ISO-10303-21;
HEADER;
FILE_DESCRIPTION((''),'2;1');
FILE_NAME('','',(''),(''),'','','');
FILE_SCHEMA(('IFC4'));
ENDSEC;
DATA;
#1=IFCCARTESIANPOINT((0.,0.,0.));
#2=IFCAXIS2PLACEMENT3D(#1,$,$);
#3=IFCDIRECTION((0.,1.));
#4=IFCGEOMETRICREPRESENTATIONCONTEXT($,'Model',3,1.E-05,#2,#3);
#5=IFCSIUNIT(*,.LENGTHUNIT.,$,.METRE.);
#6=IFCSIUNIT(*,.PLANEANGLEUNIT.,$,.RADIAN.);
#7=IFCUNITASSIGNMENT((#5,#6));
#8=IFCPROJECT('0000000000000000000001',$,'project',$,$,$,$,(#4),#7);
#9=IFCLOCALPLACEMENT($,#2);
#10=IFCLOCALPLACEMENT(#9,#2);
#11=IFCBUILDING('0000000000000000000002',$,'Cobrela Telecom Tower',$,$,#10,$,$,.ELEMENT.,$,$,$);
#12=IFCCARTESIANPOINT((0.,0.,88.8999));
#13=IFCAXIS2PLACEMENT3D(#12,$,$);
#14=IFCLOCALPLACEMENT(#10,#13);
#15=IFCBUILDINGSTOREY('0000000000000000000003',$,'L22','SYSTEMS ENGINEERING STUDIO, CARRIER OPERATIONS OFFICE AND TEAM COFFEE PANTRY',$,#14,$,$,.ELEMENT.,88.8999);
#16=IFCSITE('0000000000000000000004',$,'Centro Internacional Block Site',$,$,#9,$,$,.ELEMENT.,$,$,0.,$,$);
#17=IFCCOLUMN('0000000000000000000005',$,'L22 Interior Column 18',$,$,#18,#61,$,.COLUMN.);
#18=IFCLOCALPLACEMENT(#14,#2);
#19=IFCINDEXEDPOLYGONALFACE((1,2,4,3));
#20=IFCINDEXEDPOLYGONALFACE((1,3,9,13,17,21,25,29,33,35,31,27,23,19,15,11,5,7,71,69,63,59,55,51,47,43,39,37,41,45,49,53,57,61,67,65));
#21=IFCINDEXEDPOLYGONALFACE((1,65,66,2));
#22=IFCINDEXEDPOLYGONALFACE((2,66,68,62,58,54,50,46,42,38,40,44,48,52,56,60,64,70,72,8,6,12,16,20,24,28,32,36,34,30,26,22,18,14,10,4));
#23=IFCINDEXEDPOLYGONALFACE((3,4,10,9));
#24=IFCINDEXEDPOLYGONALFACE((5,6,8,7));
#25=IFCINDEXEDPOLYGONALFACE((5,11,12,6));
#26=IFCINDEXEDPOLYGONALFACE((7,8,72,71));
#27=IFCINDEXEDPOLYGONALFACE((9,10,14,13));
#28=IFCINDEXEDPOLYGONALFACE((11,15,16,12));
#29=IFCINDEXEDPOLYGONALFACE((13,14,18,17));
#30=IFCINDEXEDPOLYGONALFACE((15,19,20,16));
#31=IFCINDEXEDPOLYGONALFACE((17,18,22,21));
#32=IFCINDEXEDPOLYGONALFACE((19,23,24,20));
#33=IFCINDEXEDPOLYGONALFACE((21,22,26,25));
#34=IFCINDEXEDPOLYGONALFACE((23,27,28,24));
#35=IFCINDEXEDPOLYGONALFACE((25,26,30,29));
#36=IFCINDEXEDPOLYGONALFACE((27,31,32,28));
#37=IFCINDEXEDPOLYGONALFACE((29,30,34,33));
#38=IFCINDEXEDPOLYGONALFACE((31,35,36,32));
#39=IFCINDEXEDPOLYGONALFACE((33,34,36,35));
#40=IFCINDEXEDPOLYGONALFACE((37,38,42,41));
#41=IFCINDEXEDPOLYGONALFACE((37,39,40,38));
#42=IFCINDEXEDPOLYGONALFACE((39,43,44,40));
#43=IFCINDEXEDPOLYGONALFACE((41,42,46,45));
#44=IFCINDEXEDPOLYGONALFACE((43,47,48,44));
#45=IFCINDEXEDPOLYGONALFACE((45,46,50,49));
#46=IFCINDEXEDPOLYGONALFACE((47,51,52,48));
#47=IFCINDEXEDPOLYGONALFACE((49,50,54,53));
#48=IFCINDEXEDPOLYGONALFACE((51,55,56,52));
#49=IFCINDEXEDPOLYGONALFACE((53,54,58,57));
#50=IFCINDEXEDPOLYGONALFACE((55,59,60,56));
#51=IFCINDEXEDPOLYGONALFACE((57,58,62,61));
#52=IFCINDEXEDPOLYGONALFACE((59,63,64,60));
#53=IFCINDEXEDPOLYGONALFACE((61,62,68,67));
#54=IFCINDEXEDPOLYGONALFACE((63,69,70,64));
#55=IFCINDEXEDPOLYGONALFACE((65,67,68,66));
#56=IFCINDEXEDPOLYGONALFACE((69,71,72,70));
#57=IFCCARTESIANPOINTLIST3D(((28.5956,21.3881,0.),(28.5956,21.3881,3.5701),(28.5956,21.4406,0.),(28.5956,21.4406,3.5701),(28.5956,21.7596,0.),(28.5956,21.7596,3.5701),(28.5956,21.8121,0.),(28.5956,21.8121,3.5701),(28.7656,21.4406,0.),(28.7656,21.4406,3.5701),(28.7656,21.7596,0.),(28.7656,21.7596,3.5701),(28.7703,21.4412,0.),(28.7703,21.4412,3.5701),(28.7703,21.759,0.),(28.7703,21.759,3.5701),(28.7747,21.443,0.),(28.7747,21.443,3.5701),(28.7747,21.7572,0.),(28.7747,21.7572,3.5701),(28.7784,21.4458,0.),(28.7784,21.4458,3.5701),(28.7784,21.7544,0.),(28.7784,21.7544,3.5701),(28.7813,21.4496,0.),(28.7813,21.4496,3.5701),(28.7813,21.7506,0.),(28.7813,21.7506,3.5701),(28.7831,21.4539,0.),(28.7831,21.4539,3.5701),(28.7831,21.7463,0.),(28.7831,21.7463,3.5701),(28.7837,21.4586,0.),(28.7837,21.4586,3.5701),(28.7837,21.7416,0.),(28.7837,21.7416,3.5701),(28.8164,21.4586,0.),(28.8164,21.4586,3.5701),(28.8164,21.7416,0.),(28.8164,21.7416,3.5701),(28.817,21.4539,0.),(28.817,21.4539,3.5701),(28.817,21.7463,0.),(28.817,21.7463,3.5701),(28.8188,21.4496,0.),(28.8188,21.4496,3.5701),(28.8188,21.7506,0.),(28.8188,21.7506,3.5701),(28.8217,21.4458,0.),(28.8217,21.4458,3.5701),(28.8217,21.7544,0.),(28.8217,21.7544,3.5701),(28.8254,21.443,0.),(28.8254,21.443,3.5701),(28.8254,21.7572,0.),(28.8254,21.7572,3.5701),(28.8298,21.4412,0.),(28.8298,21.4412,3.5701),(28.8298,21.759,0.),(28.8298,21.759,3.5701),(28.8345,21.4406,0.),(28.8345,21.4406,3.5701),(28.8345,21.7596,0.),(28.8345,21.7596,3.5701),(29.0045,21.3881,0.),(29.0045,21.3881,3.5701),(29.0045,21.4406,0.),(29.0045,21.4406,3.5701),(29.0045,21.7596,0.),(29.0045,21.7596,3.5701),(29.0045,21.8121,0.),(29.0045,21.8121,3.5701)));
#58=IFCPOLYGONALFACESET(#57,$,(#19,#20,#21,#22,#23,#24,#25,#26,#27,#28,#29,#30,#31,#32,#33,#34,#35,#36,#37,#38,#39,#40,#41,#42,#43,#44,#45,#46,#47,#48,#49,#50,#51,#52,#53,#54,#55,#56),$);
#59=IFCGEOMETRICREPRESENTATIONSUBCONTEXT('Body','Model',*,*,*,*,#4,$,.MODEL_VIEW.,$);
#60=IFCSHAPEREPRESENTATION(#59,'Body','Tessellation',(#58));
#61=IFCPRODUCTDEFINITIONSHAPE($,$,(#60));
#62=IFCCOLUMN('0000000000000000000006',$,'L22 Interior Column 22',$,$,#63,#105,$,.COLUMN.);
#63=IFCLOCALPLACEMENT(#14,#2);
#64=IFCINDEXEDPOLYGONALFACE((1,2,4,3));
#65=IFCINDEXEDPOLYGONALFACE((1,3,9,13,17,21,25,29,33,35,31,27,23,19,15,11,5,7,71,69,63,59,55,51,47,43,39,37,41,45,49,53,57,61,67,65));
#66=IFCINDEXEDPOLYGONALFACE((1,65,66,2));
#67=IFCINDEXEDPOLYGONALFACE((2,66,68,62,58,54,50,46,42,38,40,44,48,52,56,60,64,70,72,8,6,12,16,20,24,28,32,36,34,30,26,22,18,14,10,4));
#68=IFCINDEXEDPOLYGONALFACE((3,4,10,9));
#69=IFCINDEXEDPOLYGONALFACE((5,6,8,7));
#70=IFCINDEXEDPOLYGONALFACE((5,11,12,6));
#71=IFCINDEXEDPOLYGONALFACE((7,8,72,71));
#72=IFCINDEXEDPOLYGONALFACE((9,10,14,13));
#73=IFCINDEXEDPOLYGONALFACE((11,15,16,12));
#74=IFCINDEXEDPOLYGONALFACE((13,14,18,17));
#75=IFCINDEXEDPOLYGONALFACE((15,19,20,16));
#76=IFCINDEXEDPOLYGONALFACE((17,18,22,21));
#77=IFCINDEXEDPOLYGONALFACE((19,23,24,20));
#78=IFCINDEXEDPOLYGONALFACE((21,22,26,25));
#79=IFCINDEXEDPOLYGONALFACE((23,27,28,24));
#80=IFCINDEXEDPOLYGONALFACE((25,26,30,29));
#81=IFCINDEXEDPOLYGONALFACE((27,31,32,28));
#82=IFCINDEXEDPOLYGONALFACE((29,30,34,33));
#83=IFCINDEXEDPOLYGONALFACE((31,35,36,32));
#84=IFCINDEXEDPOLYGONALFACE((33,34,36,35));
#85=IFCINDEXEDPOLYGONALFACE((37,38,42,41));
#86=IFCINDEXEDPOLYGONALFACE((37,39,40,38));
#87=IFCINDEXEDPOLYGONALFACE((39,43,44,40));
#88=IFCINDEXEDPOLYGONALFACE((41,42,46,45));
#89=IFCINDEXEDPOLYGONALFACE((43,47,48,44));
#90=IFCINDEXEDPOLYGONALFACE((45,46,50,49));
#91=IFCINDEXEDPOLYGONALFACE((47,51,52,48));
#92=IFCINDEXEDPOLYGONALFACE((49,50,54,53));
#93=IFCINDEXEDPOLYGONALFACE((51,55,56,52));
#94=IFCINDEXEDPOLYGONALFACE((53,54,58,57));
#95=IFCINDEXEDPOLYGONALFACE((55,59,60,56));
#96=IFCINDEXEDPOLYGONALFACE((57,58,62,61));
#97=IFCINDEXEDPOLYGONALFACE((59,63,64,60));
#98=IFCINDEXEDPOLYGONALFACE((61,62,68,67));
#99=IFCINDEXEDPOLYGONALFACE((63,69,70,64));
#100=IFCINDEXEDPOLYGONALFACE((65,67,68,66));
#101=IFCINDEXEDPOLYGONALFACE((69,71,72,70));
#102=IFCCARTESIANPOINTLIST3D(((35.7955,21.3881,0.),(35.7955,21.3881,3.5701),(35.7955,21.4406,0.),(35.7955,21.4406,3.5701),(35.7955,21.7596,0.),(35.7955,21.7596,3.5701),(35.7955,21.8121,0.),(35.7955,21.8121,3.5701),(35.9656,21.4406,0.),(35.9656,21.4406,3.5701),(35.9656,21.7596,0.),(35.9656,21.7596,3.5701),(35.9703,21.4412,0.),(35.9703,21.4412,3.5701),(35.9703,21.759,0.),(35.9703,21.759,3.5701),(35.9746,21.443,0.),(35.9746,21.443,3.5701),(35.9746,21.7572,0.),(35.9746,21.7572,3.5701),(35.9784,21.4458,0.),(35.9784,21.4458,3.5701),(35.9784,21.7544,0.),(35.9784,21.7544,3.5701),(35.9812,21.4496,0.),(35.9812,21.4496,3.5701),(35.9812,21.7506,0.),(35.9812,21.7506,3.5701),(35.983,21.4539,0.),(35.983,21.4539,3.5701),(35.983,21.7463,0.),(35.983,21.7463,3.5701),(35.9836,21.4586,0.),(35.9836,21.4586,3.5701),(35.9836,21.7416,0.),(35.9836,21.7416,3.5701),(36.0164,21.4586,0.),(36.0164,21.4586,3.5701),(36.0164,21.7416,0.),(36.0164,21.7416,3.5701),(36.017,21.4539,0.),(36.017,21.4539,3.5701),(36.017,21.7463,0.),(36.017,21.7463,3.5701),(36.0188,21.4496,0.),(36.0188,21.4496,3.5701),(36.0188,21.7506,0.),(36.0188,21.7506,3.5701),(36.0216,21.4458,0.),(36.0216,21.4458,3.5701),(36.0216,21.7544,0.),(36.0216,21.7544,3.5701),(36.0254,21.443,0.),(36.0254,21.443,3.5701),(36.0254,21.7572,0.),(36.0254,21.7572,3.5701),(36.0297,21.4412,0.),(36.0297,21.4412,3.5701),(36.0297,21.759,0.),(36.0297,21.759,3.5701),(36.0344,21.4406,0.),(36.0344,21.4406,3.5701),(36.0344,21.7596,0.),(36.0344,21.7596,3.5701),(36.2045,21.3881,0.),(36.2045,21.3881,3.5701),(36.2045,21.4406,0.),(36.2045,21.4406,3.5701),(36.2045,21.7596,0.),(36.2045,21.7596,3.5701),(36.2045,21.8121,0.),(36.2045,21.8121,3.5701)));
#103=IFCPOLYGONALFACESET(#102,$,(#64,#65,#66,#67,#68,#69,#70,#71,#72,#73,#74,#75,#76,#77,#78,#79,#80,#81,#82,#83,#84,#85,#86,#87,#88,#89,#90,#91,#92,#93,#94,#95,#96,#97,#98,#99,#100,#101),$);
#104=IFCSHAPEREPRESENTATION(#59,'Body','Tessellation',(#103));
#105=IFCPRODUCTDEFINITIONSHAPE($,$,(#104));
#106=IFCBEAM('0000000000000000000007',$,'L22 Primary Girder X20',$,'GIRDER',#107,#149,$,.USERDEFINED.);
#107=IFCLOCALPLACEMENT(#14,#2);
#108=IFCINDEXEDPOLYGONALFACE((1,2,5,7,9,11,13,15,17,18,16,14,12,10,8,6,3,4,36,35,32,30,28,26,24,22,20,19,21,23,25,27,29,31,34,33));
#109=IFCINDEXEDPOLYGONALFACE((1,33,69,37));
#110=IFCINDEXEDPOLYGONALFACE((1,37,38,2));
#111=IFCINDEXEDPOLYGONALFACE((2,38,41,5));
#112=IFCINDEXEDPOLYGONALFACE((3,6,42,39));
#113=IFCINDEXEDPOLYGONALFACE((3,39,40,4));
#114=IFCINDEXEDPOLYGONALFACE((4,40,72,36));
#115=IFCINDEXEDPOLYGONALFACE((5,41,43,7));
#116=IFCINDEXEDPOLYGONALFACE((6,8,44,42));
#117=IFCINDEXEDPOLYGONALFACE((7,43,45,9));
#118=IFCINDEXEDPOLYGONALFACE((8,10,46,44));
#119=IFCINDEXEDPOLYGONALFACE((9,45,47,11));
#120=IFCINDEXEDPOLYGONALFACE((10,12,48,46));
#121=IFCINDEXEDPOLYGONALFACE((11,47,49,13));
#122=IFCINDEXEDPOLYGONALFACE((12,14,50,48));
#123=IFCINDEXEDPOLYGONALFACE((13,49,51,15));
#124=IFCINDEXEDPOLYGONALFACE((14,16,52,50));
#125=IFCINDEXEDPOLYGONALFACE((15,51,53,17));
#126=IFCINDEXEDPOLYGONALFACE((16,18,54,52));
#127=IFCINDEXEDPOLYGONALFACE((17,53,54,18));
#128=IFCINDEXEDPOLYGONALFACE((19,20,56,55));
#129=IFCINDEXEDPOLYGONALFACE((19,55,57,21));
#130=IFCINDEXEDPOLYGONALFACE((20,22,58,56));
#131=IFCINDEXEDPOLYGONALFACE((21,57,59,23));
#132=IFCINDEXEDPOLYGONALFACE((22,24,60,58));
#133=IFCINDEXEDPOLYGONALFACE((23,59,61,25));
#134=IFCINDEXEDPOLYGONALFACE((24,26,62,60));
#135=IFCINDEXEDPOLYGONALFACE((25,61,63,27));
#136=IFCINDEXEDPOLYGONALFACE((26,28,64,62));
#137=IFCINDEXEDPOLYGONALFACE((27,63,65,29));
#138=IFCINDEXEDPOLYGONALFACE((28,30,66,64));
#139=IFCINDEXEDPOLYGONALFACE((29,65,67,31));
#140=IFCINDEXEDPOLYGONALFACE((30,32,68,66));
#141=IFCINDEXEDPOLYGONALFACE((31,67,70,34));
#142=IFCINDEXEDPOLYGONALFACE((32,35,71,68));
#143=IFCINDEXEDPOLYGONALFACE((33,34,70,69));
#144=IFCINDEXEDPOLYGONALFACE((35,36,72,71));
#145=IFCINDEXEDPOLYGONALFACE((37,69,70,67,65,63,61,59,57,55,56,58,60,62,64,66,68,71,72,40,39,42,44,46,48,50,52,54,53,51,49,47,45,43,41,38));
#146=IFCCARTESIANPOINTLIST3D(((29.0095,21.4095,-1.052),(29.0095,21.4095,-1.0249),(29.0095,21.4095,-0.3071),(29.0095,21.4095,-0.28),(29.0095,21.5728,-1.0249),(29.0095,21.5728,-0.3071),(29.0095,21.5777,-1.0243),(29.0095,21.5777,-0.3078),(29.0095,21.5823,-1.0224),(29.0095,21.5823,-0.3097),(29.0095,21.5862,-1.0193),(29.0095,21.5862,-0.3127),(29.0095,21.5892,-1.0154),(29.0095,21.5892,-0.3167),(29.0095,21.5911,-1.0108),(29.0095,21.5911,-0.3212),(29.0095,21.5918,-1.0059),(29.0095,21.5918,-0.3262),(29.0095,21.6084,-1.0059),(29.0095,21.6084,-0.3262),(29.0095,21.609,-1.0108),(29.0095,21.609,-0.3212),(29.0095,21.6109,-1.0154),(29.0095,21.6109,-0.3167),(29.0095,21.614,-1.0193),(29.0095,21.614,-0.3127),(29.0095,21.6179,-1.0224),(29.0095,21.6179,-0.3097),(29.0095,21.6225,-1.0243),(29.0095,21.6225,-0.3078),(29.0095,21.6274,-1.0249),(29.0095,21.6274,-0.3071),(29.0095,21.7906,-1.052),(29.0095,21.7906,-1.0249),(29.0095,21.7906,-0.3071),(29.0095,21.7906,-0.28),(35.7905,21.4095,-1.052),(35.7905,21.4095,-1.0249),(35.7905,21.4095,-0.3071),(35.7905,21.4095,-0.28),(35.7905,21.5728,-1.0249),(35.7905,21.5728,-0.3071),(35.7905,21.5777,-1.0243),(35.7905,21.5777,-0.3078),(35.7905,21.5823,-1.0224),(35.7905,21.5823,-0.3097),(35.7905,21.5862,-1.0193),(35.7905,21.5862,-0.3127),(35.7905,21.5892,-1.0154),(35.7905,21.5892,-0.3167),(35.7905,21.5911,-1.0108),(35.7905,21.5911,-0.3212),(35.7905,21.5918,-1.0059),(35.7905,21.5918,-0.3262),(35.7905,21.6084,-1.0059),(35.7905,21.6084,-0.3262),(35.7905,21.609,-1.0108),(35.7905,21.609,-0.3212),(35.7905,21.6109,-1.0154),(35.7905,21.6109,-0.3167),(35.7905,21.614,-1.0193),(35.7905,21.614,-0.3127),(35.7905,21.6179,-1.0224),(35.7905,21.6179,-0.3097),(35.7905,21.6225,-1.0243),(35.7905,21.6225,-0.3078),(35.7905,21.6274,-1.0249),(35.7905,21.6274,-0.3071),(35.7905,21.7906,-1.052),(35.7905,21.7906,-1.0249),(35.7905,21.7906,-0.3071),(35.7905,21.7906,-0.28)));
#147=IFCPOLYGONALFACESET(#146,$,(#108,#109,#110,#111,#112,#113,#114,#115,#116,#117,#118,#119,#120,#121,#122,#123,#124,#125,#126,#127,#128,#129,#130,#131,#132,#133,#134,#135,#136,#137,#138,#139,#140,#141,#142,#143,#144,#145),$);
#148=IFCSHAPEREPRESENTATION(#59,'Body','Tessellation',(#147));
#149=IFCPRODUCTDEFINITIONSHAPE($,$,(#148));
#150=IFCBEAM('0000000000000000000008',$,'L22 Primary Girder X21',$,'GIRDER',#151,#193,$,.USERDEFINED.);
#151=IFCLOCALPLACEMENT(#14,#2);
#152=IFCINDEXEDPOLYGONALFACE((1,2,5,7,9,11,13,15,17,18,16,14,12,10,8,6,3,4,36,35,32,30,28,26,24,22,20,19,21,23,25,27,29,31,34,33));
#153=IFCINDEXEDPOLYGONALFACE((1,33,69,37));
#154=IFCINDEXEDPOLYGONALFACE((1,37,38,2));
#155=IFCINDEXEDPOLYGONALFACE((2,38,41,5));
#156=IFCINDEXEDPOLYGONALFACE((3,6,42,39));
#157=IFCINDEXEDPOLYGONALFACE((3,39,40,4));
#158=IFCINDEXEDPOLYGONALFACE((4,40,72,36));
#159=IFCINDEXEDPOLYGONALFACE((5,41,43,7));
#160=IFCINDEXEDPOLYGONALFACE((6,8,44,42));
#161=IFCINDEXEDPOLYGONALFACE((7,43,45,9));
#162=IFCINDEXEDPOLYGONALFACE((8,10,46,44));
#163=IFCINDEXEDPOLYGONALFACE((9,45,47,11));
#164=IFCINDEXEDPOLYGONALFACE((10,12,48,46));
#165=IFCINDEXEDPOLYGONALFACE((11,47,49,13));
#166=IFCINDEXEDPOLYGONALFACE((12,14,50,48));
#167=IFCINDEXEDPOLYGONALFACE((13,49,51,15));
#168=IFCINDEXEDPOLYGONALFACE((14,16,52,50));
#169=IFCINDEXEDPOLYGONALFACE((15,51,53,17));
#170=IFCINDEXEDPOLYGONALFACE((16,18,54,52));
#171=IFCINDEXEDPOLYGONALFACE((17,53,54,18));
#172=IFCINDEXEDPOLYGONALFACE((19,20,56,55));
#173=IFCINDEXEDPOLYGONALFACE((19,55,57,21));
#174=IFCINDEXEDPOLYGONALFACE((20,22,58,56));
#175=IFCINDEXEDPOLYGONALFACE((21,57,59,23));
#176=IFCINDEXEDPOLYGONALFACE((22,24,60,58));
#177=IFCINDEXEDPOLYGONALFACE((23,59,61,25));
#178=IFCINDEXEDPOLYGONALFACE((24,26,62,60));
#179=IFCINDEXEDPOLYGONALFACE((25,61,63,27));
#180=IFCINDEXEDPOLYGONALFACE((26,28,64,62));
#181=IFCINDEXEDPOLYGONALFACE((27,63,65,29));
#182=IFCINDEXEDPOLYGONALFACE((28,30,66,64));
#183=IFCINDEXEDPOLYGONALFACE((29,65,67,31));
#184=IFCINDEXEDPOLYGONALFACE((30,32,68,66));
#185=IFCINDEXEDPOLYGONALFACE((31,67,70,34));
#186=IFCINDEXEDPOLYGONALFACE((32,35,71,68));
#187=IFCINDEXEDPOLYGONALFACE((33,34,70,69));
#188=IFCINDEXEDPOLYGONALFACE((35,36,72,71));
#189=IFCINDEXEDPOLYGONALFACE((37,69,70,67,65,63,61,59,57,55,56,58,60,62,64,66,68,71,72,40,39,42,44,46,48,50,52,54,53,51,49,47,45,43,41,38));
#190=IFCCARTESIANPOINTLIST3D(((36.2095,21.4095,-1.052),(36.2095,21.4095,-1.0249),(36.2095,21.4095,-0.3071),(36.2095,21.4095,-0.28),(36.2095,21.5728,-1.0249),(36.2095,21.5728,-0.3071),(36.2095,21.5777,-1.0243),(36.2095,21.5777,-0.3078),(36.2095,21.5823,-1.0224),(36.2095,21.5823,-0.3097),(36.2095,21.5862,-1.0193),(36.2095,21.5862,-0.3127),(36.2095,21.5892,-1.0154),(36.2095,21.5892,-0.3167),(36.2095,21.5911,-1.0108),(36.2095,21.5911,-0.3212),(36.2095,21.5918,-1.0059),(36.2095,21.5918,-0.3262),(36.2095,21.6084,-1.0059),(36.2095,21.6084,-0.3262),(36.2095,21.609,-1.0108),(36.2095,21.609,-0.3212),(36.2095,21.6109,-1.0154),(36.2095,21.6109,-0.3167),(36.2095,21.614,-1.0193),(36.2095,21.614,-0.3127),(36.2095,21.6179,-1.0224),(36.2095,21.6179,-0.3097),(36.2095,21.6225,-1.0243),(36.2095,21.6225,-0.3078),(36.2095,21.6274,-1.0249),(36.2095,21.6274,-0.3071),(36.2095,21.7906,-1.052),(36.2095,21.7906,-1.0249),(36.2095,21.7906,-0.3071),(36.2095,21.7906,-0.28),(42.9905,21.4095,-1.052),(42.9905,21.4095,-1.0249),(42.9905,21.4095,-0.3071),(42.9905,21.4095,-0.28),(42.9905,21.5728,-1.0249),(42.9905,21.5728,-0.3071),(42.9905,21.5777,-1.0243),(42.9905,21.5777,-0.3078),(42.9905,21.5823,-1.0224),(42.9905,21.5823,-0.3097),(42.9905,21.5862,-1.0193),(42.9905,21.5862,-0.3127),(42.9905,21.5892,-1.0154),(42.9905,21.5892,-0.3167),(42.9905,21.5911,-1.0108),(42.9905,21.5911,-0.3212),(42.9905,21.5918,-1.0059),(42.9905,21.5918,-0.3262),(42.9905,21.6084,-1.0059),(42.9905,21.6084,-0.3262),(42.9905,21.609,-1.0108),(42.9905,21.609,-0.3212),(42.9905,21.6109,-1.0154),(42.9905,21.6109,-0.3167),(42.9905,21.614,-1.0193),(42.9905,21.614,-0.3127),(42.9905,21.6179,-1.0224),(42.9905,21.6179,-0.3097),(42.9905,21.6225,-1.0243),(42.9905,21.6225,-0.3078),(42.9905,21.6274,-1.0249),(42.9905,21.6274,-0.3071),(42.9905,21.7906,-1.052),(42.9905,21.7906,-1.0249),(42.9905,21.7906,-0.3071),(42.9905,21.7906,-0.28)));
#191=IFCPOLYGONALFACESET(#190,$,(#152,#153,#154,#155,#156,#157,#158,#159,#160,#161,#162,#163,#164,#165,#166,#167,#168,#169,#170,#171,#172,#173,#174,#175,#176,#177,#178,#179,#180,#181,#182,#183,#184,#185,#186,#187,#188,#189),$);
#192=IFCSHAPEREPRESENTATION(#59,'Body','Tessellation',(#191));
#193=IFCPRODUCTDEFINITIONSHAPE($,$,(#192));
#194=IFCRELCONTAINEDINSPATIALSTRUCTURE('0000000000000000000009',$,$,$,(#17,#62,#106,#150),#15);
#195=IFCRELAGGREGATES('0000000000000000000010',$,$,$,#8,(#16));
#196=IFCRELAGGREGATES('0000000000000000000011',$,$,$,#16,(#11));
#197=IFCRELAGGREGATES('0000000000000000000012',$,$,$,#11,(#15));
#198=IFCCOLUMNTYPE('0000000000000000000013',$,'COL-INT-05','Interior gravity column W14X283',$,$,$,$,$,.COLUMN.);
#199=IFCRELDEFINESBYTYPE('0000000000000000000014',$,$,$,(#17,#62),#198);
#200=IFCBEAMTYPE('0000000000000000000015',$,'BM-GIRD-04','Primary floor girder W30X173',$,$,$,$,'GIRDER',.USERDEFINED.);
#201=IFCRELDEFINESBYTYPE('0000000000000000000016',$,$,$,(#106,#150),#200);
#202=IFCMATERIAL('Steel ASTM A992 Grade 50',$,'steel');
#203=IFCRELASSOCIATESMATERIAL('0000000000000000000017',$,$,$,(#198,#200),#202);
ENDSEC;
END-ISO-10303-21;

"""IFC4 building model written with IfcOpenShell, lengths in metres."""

from ifc_helpers import new_model, si_unit, direction, frame, origin, origin_2d, place, context, subcontext, project, spatial, i_section, extrude, material, material_profile, profile_set, type_object, element, save


model = new_model("IFC4")

# Units and contexts
model_context = context("Model", 3, precision=1e-05, world=origin(), true_north=direction((0.0, 1.0)))
body_context = subcontext(model_context, "Body", "Model", "MODEL_VIEW")
ifc_project = project(units=[si_unit("LENGTHUNIT", "METRE"), si_unit("PLANEANGLEUNIT", "RADIAN")], contexts=[model_context])

# Site, building, storey
site_placement = place(None, origin())
site = spatial("IfcSite", under=ifc_project, at=site_placement, Name="Centro Internacional Block Site", CompositionType="ELEMENT", RefElevation=0.0)
building_placement = place(site_placement, origin())
building = spatial("IfcBuilding", under=site, at=building_placement, Name="Cobrela Telecom Tower", CompositionType="ELEMENT")
storey_placement = place(building_placement, frame((0.0, 0.0, 88.8999)))
storey = spatial("IfcBuildingStorey", under=building, at=storey_placement, Name="L22", Description="SYSTEMS ENGINEERING STUDIO, CARRIER OPERATIONS OFFICE AND TEAM COFFEE PANTRY", CompositionType="ELEMENT", Elevation=88.8999)

# Columns
ifc_material_1 = material(Name="Steel ASTM A992 Grade 50", Category="steel")
ifc_material_profile_1 = material_profile(ifc_material_1, i_section(OverallWidth=0.4089, OverallDepth=0.4241, WebThickness=0.0327, FlangeThickness=0.0525, FilletRadius=0.0181, at=origin_2d()), Name="W14X283")
ifc_profile_set_1 = profile_set([ifc_material_profile_1], Name="Steel ASTM A992 Grade 50")
column_type = type_object("IfcColumnType", Name="COL-INT-05", Description="Interior gravity column W14X283", PredefinedType="COLUMN", material=ifc_profile_set_1)
for number, where, z_axis, x_axis, name in (
    (1, (28.8, 21.6001, 0.0), (0.0, 0.0, 1.0), (1.0, 0.0, 0.0), "L22 Interior Column 18"),
    (2, (36.0, 21.6001, 0.0), (0.0, 0.0, 1.0), (1.0, 0.0, 0.0), "L22 Interior Column 22"),
):
    element("IfcColumn", number, at=place(storey_placement, frame(where, z_axis=z_axis, x_axis=x_axis)), inside=storey, type_object=column_type, Name=name, PredefinedType="COLUMN", context=body_context, shape_type="SweptSolid", body=[
        extrude(i_section(OverallWidth=0.4089, OverallDepth=0.4241, WebThickness=0.0327, FlangeThickness=0.0525, FilletRadius=0.0181, at=origin_2d()), origin(), (0.0, 0.0, 1.0), 3.5701),
    ])

# Beams
ifc_material_profile_2 = material_profile(ifc_material_1, i_section(OverallWidth=0.3811, OverallDepth=0.772, WebThickness=0.0166, FlangeThickness=0.0271, FilletRadius=0.019, at=origin_2d()), Name="W30X173")
ifc_profile_set_2 = profile_set([ifc_material_profile_2], Name="Steel ASTM A992 Grade 50")
beam_type_1 = type_object("IfcBeamType", Name="BM-GIRD-04", Description="Primary floor girder W30X173", ElementType="GIRDER", PredefinedType="USERDEFINED", material=ifc_profile_set_2)
for number, where, z_axis, x_axis, name in (
    (3, (29.0095, 21.6001, -0.666), (1.0, 0.0, 0.0), (0.0, 1.0, 0.0), "L22 Primary Girder X20"),
    (4, (36.2095, 21.6001, -0.666), (1.0, 0.0, 0.0), (0.0, 1.0, 0.0), "L22 Primary Girder X21"),
):
    element("IfcBeam", number, at=place(storey_placement, frame(where, z_axis=z_axis, x_axis=x_axis)), inside=storey, type_object=beam_type_1, Name=name, ObjectType="GIRDER", PredefinedType="USERDEFINED", context=body_context, shape_type="SweptSolid", body=[
        extrude(i_section(OverallWidth=0.3811, OverallDepth=0.772, WebThickness=0.0166, FlangeThickness=0.0271, FilletRadius=0.019, at=origin_2d()), origin(), (0.0, 0.0, 1.0), 6.781),
    ])

save(model, "model.ifc")
